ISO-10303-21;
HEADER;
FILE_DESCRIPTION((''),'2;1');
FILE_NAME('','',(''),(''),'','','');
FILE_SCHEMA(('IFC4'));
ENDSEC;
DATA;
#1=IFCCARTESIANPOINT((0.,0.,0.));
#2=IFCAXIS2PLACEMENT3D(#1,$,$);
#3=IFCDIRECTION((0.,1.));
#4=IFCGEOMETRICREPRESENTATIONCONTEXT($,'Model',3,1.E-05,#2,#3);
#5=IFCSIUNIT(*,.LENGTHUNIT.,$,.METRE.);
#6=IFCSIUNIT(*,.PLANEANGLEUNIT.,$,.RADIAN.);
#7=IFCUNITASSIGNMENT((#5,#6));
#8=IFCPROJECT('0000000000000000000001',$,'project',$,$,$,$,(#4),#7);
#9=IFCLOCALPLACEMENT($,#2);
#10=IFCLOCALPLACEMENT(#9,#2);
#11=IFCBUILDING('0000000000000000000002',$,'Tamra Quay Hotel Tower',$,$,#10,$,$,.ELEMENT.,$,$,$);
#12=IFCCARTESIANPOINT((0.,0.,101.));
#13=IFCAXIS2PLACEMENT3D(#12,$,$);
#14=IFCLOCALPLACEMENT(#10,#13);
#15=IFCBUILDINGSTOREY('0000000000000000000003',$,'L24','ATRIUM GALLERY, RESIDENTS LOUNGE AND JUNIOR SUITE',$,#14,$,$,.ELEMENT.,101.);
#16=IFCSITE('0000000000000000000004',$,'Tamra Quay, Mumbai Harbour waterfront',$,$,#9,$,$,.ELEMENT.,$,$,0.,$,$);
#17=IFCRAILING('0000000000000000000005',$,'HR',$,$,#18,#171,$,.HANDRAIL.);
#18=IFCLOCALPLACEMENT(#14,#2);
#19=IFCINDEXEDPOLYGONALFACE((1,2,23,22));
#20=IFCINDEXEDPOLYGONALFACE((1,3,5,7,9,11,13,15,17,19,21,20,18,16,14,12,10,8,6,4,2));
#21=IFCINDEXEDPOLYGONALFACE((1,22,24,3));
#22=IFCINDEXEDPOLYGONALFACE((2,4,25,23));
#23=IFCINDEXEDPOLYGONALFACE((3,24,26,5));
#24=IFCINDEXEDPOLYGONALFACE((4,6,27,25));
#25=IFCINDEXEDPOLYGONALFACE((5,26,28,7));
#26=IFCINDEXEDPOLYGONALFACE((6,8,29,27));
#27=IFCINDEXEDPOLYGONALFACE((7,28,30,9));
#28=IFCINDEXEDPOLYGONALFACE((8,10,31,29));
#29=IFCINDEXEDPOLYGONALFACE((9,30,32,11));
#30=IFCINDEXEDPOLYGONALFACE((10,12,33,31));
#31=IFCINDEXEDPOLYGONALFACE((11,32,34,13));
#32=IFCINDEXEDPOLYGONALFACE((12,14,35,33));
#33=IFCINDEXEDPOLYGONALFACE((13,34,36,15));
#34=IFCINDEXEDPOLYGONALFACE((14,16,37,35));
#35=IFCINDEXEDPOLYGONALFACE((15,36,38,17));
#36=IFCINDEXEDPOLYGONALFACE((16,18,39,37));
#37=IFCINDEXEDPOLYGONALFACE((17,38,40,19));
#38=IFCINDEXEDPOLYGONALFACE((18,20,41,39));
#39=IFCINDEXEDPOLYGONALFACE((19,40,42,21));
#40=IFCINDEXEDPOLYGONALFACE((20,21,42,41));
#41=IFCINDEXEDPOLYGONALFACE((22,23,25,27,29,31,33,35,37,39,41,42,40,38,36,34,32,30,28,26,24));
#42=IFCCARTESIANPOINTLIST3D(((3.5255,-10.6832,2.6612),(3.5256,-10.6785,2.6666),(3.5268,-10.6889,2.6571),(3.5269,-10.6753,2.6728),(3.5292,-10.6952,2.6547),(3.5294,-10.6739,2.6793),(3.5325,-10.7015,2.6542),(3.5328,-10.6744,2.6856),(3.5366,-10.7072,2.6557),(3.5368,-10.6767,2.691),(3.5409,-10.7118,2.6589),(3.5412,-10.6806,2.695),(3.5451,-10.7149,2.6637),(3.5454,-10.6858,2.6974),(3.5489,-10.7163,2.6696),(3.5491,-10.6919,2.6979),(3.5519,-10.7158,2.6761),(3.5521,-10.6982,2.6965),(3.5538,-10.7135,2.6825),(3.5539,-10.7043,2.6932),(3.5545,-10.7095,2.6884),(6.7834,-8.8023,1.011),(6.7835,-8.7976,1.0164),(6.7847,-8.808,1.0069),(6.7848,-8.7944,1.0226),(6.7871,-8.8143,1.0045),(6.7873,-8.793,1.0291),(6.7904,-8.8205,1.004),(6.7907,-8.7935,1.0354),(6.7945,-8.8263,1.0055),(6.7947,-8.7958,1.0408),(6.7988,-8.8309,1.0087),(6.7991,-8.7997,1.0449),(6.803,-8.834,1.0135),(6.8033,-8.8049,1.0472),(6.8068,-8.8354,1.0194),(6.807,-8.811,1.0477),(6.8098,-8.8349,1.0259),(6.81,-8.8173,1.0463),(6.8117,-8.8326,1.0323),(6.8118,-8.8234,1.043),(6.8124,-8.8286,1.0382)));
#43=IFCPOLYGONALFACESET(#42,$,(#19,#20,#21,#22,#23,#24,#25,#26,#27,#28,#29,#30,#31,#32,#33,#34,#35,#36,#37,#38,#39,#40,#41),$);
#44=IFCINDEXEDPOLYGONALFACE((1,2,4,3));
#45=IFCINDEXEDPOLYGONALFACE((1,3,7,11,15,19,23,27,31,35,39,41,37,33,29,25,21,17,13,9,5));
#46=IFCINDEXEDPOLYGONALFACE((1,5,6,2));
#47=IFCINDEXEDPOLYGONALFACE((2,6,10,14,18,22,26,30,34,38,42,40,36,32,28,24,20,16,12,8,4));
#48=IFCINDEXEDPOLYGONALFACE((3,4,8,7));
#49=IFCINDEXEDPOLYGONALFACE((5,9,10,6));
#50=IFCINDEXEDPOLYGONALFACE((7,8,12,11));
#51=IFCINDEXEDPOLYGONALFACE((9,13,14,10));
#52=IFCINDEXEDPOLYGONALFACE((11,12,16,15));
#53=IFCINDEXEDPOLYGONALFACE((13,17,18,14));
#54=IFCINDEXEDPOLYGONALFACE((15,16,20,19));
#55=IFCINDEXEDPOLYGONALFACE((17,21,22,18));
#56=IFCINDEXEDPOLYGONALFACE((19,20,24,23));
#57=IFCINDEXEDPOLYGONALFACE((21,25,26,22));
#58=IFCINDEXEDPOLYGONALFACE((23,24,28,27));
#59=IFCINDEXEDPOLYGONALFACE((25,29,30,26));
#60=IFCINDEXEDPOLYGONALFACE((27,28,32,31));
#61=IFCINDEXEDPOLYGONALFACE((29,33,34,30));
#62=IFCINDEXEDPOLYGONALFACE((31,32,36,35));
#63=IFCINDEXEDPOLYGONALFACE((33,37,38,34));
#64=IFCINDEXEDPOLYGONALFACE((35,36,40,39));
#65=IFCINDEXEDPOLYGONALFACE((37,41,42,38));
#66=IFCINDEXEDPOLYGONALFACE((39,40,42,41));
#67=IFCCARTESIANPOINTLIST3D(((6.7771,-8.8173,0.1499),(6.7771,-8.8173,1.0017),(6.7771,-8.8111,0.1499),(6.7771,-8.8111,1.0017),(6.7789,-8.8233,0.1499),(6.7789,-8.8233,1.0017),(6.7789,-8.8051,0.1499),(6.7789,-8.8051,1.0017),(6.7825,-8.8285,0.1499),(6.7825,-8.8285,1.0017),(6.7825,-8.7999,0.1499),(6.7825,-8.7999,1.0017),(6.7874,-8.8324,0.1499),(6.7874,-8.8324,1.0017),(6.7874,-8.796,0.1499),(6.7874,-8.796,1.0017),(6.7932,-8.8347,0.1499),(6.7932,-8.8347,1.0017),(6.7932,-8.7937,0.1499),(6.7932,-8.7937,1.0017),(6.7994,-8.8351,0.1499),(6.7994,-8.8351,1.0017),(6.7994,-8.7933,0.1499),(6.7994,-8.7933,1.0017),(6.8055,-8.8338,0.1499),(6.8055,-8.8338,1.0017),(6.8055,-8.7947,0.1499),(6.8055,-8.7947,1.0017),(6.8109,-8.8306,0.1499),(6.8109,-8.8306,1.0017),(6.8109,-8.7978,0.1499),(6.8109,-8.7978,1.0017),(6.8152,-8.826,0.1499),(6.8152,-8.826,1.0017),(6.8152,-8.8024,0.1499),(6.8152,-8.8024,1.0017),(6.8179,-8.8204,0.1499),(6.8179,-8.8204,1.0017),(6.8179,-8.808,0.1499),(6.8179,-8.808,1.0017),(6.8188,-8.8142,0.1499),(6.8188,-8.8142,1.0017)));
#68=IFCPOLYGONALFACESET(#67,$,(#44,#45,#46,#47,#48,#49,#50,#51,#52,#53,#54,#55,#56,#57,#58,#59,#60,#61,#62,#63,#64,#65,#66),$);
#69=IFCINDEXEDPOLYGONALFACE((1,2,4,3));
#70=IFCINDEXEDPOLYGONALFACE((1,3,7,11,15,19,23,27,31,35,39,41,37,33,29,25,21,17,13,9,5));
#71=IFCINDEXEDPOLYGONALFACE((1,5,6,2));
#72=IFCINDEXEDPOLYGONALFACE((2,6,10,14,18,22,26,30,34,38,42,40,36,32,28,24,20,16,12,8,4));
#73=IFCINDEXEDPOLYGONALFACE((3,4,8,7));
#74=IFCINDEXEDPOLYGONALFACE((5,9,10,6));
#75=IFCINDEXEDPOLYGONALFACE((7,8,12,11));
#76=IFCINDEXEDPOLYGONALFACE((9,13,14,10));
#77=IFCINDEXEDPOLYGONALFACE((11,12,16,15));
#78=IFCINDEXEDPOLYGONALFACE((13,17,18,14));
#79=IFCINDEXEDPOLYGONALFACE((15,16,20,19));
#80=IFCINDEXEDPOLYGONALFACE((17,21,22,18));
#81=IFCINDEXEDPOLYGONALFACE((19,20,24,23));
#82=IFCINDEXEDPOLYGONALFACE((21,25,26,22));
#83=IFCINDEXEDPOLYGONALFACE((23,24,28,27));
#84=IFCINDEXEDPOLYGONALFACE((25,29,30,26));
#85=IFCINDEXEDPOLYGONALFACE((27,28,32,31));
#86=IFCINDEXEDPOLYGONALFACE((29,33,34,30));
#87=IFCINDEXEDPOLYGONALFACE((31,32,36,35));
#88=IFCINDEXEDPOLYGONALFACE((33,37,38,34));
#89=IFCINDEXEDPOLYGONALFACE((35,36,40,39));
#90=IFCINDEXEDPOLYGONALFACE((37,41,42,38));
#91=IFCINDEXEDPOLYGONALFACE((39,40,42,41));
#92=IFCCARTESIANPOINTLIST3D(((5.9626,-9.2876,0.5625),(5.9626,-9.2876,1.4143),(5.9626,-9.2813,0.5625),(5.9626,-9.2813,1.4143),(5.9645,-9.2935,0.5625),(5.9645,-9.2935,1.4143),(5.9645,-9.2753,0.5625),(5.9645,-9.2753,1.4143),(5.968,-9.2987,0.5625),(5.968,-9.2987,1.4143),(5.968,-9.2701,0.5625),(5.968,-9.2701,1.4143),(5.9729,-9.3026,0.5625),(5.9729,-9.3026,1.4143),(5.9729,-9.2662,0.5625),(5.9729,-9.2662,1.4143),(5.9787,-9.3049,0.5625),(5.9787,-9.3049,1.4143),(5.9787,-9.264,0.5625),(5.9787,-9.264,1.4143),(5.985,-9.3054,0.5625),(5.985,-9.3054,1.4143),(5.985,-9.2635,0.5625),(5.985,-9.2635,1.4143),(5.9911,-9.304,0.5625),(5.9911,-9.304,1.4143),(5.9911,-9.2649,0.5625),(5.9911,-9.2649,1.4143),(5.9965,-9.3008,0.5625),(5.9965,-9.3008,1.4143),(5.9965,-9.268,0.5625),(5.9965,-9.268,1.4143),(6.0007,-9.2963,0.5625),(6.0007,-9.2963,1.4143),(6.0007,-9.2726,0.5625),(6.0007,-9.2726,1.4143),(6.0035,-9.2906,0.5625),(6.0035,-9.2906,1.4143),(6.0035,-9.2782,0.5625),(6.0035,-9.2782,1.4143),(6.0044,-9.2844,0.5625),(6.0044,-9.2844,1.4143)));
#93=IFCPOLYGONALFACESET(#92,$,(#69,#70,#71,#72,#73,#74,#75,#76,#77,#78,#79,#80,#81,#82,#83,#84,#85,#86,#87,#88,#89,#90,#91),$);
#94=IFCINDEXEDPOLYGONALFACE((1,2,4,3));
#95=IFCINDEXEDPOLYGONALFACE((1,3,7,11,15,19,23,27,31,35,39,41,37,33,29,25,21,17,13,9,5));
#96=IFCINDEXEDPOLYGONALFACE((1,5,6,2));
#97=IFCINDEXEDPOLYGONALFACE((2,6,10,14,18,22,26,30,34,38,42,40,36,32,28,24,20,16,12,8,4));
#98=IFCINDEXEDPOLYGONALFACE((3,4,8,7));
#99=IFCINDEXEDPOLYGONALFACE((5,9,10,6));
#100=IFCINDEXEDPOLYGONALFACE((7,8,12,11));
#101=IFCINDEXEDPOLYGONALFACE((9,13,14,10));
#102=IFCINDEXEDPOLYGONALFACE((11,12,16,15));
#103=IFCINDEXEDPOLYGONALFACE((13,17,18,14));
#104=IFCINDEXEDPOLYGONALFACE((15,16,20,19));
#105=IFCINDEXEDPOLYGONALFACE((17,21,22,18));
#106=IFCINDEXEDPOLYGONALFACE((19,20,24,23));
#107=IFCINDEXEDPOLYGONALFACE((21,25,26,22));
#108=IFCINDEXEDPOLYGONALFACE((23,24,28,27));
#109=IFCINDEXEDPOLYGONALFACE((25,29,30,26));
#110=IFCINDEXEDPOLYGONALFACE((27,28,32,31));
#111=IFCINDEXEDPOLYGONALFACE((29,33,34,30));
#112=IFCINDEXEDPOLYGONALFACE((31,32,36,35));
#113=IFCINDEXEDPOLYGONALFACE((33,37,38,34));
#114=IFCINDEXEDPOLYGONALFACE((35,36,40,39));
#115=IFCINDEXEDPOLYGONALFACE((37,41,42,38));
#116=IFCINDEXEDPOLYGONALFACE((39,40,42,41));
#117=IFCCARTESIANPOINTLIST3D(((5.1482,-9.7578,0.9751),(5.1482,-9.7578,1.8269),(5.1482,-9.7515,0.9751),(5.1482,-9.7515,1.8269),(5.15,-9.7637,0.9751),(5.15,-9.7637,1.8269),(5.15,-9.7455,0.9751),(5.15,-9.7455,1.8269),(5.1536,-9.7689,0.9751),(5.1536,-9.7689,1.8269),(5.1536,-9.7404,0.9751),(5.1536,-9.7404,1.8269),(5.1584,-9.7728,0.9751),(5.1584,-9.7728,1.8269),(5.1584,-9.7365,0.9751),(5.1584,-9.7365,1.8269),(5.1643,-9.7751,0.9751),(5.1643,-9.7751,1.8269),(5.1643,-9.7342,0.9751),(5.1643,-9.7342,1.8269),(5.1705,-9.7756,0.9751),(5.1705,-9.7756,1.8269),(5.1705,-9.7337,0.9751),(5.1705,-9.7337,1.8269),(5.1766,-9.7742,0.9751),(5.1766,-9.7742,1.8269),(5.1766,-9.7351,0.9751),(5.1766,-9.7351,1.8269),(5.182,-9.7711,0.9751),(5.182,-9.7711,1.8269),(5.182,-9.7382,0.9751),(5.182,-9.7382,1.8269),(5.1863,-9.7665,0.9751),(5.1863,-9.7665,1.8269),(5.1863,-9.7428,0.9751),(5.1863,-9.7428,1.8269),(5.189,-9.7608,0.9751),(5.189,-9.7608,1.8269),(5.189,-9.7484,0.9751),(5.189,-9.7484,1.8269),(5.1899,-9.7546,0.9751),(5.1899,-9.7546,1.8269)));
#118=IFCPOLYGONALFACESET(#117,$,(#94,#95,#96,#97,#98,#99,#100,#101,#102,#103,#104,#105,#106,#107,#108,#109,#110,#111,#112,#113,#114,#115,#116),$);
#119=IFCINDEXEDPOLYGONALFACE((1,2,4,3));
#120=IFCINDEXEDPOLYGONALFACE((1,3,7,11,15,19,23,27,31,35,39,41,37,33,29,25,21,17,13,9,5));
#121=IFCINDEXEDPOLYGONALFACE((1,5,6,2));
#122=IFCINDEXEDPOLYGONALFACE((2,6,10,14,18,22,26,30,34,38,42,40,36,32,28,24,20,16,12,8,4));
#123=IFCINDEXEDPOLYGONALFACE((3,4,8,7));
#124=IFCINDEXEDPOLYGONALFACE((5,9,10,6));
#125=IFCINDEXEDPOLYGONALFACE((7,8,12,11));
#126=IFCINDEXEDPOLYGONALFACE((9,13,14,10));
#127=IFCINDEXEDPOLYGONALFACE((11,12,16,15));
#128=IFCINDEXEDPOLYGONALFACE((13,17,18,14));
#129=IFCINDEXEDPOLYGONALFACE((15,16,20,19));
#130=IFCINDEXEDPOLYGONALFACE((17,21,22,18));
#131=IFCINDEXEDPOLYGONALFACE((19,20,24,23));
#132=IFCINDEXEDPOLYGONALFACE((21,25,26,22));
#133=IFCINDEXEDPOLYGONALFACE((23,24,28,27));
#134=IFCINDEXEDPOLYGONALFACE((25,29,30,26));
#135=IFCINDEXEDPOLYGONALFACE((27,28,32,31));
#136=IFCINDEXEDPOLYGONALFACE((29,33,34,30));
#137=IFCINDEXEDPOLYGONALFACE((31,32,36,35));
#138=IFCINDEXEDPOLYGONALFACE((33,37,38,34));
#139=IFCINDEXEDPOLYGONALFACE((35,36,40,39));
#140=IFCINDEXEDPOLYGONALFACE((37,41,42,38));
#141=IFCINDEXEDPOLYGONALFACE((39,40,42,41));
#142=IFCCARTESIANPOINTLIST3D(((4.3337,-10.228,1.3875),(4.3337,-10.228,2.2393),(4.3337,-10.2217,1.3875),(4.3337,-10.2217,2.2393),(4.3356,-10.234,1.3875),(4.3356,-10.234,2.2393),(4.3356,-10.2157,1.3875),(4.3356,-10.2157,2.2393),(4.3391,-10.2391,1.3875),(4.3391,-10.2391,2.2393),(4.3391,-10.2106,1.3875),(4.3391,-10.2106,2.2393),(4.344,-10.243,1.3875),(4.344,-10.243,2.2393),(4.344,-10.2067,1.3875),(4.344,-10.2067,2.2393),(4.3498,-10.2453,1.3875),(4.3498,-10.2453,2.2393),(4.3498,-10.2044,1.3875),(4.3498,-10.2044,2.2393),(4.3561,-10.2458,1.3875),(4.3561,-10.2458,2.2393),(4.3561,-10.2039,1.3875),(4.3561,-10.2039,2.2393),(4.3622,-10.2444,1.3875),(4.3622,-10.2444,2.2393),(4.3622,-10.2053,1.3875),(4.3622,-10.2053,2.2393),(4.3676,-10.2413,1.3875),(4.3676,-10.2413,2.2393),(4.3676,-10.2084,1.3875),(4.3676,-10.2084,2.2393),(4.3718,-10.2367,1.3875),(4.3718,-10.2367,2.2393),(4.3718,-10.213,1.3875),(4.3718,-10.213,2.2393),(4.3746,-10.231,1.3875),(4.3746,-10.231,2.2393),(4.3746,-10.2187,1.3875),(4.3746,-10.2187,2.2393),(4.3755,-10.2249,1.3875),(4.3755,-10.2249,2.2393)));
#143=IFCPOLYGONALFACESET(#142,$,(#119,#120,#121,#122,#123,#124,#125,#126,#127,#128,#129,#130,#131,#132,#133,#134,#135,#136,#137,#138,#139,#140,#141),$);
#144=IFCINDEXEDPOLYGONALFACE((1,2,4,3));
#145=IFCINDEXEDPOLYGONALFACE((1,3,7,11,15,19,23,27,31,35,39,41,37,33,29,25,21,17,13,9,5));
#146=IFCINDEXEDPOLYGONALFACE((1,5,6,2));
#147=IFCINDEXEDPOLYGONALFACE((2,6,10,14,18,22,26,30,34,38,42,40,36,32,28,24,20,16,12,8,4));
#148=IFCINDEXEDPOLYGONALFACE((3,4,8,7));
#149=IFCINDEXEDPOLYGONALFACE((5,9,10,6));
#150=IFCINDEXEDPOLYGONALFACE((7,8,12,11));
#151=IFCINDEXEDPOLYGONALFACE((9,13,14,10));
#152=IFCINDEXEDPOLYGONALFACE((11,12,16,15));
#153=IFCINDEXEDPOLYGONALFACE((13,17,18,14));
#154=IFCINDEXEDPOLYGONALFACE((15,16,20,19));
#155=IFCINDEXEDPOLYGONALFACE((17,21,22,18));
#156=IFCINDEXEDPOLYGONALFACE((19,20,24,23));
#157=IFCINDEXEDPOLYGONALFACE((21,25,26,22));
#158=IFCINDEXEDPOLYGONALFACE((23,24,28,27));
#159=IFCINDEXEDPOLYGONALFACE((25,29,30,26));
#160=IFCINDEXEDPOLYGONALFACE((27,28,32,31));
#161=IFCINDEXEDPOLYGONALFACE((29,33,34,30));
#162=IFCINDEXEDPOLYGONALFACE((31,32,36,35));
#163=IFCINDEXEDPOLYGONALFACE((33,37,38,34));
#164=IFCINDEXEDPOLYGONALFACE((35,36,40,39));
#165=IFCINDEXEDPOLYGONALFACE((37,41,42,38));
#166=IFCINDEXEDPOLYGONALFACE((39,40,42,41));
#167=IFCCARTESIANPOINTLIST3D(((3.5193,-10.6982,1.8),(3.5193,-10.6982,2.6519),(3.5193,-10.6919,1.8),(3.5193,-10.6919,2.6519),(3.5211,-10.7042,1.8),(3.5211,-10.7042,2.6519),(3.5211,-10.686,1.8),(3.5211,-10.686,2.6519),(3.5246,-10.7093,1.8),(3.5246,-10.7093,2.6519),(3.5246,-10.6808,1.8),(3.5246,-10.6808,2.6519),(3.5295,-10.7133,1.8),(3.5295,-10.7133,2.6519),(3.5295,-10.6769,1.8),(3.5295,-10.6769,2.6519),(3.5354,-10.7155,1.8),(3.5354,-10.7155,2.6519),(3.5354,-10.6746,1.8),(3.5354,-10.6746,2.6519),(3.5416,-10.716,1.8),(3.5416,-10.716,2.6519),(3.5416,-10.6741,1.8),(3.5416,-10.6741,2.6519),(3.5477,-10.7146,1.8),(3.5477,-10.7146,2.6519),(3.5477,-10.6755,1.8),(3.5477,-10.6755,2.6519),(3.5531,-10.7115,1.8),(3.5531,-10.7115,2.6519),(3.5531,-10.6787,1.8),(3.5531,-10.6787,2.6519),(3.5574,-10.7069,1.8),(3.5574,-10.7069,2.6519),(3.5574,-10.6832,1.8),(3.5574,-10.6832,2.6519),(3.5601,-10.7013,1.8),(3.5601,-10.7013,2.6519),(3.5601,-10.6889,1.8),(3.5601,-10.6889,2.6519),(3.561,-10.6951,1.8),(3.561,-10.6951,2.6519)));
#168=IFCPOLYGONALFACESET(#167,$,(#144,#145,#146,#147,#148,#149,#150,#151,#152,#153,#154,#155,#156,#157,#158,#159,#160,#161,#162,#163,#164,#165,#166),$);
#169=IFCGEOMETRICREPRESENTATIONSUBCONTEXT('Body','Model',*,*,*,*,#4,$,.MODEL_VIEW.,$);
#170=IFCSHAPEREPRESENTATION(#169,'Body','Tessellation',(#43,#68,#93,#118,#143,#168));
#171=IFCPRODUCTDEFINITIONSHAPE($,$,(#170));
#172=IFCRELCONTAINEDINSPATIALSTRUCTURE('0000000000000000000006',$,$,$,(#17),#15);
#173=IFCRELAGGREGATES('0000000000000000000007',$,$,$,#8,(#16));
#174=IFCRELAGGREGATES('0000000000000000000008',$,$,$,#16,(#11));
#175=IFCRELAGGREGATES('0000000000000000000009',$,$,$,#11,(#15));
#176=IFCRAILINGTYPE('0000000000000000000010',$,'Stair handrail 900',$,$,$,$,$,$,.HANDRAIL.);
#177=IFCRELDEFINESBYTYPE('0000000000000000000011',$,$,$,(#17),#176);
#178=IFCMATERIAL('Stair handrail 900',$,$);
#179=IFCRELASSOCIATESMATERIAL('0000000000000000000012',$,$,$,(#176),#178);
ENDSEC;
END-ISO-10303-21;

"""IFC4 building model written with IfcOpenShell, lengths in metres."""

from ifc_helpers import new_model, si_unit, direction, frame, origin, origin_2d, place, context, subcontext, project, spatial, circle, extrude, material, type_object, element, save


model = new_model("IFC4")

# Units and contexts
model_context = context("Model", 3, precision=1e-05, world=origin(), true_north=direction((0.0, 1.0)))
body_context = subcontext(model_context, "Body", "Model", "MODEL_VIEW")
ifc_project = project(units=[si_unit("LENGTHUNIT", "METRE"), si_unit("PLANEANGLEUNIT", "RADIAN")], contexts=[model_context])

# Site, building, storey
site_placement = place(None, origin())
site = spatial("IfcSite", under=ifc_project, at=site_placement, Name="Tamra Quay, Mumbai Harbour waterfront", CompositionType="ELEMENT", RefElevation=0.0)
building_placement = place(site_placement, origin())
building = spatial("IfcBuilding", under=site, at=building_placement, Name="Tamra Quay Hotel Tower", CompositionType="ELEMENT")
storey_placement = place(building_placement, frame((0.0, 0.0, 101.0)))
storey = spatial("IfcBuildingStorey", under=building, at=storey_placement, Name="L24", Description="ATRIUM GALLERY, RESIDENTS LOUNGE AND JUNIOR SUITE", CompositionType="ELEMENT", Elevation=101.0)

# Railing
ifc_material_1 = material(Name="Stair handrail 900")
railing_type_1 = type_object("IfcRailingType", Name="Stair handrail 900", PredefinedType="HANDRAIL", material=ifc_material_1)
railing_1_placement = place(storey_placement, frame((6.7979, -8.8142, 0.1499)))
element("IfcRailing", 1, at=railing_1_placement, inside=storey, type_object=railing_type_1, Name="HR", PredefinedType="HANDRAIL", context=body_context, shape_type="SweptSolid", body=[
    extrude(circle(Radius=0.0239, at=origin_2d()), frame((0.0, 0.0, 0.876), z_axis=(-0.793081, -0.457876, 0.401711), x_axis=(0.499992, -0.86603, 0.0)), (0.0, 0.0, 1.0), 4.1079),
    extrude(circle(Radius=0.021, at=origin_2d()), origin(), (0.0, 0.0, 1.0), 0.8518),
    extrude(circle(Radius=0.021, at=origin_2d()), frame((-0.8145, -0.4702, 0.4126)), (0.0, 0.0, 1.0), 0.8518),
    extrude(circle(Radius=0.021, at=origin_2d()), frame((-1.6289, -0.9404, 0.8252)), (0.0, 0.0, 1.0), 0.8518),
    extrude(circle(Radius=0.021, at=origin_2d()), frame((-2.4434, -1.4106, 1.2375)), (0.0, 0.0, 1.0), 0.8518),
    extrude(circle(Radius=0.021, at=origin_2d()), frame((-3.2578, -1.8809, 1.6501)), (0.0, 0.0, 1.0), 0.8518),
])

save(model, "model.ifc")
